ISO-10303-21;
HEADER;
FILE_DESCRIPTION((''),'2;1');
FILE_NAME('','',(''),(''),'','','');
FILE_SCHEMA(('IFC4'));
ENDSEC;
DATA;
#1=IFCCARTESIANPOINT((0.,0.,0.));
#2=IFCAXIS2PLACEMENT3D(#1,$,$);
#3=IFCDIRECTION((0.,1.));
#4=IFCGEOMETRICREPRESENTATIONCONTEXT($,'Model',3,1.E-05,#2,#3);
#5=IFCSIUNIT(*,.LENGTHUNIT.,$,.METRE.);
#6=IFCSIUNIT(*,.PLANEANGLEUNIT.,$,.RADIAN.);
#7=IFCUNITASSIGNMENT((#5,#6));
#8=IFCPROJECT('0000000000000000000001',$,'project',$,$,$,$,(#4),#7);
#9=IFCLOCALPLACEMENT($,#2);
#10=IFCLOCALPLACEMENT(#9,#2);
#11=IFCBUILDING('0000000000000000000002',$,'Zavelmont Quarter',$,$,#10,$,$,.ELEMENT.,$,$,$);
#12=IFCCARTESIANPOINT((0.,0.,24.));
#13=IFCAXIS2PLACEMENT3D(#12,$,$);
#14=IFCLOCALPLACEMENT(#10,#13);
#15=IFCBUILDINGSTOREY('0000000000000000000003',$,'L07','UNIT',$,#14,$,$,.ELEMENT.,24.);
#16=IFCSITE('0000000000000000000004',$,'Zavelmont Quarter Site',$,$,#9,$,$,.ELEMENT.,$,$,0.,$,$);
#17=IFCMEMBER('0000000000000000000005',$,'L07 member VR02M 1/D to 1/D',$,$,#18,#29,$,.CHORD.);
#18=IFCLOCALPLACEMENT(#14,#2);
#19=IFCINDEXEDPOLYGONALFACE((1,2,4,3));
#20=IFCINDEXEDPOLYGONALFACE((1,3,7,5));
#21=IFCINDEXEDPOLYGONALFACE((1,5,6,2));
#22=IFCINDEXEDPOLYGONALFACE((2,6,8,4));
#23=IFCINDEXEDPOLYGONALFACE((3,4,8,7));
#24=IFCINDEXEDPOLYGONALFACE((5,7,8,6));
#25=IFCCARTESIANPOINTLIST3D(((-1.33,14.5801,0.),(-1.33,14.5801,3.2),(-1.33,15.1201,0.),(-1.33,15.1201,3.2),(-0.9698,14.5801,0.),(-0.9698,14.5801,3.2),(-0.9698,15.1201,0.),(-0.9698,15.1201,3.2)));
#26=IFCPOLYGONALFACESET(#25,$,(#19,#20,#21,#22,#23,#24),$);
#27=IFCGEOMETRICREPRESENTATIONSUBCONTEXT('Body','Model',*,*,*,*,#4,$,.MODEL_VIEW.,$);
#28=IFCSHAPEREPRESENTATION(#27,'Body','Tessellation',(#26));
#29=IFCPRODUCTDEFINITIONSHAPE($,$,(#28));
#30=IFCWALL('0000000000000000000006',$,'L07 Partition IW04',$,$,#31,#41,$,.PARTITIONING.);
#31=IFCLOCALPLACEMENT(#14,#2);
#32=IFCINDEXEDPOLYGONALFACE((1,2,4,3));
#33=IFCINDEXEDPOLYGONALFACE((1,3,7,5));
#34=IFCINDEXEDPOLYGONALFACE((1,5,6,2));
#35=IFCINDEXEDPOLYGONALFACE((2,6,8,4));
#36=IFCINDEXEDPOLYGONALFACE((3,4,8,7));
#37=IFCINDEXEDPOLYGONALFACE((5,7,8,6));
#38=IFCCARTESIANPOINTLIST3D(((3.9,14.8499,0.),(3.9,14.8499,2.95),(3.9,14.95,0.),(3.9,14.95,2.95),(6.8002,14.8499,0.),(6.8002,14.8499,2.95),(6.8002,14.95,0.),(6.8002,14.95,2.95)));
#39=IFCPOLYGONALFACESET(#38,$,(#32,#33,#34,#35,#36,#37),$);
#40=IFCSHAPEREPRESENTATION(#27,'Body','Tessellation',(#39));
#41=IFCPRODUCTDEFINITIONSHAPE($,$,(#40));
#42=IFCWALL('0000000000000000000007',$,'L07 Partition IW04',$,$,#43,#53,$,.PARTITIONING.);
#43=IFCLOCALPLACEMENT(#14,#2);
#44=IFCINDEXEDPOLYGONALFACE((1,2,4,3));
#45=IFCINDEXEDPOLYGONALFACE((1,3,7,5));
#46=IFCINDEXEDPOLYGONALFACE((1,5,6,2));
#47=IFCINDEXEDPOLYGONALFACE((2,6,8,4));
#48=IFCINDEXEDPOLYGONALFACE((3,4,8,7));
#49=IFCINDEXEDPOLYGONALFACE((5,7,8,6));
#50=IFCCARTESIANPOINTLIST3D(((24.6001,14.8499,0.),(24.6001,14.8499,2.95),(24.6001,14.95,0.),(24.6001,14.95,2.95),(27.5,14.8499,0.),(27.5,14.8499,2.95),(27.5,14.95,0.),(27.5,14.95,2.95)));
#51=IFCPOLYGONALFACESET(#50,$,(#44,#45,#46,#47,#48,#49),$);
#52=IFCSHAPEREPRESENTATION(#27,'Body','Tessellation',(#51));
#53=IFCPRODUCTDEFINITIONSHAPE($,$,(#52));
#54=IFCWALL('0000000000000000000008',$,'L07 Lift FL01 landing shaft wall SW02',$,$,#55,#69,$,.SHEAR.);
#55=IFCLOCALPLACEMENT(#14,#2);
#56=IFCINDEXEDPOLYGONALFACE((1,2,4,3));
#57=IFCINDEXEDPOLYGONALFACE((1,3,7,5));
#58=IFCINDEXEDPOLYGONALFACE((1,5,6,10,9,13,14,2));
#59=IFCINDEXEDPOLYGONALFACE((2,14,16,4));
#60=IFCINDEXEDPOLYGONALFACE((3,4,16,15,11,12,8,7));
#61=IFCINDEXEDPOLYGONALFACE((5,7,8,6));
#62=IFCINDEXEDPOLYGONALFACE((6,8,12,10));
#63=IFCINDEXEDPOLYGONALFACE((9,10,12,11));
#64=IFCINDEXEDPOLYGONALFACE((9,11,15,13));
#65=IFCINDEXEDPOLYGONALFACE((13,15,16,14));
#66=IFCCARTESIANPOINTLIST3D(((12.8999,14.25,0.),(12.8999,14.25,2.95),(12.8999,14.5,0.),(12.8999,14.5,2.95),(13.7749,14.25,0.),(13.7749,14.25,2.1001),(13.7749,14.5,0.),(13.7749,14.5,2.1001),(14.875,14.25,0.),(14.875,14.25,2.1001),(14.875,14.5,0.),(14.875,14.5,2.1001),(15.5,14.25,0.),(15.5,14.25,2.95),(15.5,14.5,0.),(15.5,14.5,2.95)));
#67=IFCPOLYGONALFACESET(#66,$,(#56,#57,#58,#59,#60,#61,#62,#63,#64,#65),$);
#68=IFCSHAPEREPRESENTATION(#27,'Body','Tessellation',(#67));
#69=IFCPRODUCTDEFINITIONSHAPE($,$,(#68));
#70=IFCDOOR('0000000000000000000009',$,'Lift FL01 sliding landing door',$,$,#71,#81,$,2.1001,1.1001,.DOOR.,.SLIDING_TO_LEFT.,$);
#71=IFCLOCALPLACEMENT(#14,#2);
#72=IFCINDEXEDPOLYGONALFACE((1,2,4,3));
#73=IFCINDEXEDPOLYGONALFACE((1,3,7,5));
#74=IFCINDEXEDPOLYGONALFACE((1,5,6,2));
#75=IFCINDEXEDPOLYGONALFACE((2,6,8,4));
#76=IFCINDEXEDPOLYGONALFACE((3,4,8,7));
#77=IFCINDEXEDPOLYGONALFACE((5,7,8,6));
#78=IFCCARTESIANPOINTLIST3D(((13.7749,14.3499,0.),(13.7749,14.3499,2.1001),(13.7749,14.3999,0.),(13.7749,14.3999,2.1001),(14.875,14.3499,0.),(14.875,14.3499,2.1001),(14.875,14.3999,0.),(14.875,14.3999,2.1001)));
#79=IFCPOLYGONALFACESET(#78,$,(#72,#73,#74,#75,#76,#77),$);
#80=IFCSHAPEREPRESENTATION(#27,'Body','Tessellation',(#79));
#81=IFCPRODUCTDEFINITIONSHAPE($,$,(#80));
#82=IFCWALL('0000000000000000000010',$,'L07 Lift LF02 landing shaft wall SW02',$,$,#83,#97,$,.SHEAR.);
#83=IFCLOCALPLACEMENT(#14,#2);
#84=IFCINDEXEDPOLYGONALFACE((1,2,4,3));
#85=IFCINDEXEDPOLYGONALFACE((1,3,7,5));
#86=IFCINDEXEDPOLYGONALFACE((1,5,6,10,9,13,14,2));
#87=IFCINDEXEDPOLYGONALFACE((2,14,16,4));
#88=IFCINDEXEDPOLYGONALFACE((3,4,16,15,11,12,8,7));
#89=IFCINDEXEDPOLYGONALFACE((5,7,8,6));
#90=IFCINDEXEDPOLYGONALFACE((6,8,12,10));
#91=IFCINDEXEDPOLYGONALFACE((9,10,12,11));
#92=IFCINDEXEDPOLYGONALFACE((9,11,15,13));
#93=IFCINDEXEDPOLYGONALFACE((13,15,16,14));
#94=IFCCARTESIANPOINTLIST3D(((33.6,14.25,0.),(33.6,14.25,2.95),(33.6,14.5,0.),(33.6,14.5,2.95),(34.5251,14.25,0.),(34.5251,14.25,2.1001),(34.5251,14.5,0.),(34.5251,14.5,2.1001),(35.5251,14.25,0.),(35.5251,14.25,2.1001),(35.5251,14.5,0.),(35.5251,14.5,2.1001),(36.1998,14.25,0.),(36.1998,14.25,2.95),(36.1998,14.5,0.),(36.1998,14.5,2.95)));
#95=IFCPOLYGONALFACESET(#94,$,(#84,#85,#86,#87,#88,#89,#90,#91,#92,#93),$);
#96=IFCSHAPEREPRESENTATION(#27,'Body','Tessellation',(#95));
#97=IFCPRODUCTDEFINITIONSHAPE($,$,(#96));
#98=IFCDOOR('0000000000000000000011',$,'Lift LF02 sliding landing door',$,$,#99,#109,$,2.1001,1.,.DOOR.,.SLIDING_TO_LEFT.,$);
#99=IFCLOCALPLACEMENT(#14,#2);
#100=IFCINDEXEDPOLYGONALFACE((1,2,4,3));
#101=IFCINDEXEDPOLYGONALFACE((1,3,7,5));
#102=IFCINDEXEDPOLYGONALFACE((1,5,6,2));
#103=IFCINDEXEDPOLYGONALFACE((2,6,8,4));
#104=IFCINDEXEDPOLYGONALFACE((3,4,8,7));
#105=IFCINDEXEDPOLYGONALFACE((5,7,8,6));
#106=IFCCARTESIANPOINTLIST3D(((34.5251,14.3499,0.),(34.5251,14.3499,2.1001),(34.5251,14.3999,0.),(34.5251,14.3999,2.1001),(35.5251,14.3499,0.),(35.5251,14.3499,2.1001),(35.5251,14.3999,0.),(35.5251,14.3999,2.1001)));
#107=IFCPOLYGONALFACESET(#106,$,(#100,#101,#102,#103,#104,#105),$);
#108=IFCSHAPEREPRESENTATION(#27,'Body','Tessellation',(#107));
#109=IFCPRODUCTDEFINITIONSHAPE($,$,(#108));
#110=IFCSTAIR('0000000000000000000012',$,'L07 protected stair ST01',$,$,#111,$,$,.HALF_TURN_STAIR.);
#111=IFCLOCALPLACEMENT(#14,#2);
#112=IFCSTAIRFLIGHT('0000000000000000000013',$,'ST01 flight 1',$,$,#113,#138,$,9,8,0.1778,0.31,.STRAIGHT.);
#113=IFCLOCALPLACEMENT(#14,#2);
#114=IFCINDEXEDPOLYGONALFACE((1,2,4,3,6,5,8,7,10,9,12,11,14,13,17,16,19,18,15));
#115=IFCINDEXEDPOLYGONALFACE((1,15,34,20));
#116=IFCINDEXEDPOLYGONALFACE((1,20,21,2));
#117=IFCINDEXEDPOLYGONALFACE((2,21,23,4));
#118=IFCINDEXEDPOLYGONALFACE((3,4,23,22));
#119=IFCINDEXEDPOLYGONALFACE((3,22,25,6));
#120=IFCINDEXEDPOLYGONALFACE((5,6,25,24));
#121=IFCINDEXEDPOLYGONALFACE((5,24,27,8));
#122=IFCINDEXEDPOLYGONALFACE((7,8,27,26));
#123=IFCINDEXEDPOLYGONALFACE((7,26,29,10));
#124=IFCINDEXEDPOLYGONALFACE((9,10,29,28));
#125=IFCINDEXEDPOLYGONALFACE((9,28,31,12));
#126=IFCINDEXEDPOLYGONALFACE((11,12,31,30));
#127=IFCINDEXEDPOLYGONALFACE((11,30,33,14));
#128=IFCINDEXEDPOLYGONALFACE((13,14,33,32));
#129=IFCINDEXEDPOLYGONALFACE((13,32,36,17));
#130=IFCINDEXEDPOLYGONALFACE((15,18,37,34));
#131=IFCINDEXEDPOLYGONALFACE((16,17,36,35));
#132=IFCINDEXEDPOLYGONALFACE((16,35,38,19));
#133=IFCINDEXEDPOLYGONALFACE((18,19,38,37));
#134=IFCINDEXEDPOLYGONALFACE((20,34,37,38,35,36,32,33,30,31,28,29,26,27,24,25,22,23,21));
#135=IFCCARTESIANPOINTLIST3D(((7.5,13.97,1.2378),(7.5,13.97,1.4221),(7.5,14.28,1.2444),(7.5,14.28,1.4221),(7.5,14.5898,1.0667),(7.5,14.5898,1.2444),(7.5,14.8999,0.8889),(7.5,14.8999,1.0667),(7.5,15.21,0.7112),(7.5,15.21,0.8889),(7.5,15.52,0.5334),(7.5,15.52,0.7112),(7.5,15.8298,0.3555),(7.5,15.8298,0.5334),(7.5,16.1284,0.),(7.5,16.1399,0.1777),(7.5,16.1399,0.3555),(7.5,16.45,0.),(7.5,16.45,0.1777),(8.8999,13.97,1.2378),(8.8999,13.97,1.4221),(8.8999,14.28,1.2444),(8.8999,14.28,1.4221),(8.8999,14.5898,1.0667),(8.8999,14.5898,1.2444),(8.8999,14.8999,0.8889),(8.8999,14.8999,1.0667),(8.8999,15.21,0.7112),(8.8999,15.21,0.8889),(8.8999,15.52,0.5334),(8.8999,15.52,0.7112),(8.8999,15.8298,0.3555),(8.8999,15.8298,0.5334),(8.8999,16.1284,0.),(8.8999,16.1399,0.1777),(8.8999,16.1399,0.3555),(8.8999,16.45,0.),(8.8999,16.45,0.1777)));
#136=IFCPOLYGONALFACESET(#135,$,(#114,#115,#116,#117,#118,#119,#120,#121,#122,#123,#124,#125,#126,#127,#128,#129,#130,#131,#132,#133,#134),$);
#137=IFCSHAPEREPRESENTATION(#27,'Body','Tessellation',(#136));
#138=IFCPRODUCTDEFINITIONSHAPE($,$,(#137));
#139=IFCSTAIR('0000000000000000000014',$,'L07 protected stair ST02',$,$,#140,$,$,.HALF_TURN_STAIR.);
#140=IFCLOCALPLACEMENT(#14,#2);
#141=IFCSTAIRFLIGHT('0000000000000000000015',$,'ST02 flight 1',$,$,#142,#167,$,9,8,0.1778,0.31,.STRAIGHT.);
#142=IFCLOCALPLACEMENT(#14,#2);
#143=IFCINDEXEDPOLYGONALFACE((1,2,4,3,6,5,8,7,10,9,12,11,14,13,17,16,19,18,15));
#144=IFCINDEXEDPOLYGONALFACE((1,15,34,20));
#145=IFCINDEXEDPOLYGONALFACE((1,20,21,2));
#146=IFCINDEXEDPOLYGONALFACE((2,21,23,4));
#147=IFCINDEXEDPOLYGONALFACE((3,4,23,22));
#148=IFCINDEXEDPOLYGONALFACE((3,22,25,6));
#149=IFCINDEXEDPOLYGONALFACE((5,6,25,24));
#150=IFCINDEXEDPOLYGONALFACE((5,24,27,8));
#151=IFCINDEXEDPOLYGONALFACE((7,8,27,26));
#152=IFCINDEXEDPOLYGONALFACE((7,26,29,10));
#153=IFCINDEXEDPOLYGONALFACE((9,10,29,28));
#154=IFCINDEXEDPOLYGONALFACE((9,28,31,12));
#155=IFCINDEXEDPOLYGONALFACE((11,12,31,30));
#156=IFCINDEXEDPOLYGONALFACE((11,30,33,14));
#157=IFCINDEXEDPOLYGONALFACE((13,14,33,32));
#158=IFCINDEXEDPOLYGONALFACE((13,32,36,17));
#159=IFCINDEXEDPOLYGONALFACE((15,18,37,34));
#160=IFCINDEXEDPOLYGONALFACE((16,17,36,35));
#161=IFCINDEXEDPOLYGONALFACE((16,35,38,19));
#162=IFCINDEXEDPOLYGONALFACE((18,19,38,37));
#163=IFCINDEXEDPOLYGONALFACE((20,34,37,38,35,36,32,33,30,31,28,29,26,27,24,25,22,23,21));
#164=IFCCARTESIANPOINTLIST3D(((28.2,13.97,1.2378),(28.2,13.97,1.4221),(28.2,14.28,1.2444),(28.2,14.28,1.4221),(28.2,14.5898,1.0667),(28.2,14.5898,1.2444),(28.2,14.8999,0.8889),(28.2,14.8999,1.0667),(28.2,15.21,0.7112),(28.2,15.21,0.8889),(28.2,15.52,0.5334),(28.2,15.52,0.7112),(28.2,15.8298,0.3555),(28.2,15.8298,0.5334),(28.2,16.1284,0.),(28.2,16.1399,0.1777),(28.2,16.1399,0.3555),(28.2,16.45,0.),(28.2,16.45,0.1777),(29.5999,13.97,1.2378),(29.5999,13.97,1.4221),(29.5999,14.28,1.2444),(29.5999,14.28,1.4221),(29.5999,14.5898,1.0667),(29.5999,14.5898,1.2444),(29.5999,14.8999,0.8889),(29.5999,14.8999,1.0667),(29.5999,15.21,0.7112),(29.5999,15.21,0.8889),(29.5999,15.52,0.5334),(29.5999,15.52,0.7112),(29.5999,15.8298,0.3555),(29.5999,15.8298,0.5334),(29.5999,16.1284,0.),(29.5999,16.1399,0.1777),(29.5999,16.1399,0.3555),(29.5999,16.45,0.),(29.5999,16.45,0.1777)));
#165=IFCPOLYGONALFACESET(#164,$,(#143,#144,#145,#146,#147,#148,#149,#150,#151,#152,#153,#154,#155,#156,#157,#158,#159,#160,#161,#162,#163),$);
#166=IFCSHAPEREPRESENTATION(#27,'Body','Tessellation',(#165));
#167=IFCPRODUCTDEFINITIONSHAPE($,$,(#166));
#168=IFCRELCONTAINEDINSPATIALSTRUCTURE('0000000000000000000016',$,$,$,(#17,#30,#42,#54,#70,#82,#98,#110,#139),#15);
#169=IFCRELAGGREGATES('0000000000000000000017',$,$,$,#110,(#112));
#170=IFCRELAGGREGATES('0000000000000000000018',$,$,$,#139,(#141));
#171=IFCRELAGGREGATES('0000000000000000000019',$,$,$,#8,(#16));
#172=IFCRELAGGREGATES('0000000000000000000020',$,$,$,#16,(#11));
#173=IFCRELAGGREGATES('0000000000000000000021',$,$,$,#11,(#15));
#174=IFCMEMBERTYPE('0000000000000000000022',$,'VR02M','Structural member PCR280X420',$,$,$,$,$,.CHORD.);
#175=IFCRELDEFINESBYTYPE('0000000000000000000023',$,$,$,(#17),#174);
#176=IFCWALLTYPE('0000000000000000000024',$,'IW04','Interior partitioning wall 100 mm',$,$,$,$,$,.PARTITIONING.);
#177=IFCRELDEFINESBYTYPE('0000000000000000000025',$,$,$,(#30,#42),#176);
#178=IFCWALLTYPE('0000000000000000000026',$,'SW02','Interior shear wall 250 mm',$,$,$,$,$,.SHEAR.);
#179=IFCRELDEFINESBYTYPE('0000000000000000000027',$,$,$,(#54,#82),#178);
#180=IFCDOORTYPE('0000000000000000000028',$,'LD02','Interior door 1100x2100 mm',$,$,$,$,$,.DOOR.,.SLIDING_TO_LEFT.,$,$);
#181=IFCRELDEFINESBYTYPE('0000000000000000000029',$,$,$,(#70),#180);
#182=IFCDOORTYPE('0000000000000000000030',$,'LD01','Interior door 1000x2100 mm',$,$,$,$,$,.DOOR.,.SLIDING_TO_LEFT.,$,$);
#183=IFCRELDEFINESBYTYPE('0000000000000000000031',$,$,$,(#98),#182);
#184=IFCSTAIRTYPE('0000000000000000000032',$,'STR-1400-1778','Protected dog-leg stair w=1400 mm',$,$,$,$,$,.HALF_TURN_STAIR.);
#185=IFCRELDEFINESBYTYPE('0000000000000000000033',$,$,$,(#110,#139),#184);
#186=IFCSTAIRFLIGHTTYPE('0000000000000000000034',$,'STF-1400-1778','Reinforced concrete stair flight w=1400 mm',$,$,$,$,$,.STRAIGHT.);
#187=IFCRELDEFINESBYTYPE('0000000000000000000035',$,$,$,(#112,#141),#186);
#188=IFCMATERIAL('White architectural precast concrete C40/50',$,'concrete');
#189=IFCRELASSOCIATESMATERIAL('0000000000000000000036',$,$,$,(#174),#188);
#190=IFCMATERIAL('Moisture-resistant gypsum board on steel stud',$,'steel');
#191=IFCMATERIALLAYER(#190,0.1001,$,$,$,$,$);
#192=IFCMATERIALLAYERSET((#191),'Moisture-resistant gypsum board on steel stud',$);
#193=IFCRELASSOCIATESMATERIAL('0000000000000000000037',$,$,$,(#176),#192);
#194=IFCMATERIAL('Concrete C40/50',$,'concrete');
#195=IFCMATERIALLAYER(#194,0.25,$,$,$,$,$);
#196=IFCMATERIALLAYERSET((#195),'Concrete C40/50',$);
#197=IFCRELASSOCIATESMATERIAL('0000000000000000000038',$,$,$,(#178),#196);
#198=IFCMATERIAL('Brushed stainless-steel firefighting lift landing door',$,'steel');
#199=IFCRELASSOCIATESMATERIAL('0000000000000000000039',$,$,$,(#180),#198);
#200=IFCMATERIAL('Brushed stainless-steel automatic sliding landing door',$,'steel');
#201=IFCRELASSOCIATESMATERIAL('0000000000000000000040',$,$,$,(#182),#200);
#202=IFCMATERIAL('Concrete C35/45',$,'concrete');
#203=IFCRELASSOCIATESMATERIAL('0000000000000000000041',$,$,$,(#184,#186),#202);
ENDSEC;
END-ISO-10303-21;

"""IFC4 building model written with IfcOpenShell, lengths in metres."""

from ifc_helpers import new_model, si_unit, direction, frame, frame_2d, origin, origin_with_axes, origin_2d, place, context, subcontext, project, spatial, polyline, rectangle, outline, extrude, material, layer, layer_set, material_profile, profile_set, type_object, element, fill, aggregate, save


model = new_model("IFC4")

# Units and contexts
model_context = context("Model", 3, precision=1e-05, world=origin(), true_north=direction((0.0, 1.0)))
body_context = subcontext(model_context, "Body", "Model", "MODEL_VIEW")
ifc_project = project(units=[si_unit("LENGTHUNIT", "METRE"), si_unit("PLANEANGLEUNIT", "RADIAN")], contexts=[model_context])

# Site, building, storey
site_placement = place(None, origin())
site = spatial("IfcSite", under=ifc_project, at=site_placement, Name="Zavelmont Quarter Site", CompositionType="ELEMENT", RefElevation=0.0)
building_placement = place(site_placement, origin())
building = spatial("IfcBuilding", under=site, at=building_placement, Name="Zavelmont Quarter", CompositionType="ELEMENT")
storey_placement = place(building_placement, frame((0.0, 0.0, 24.0)))
storey = spatial("IfcBuildingStorey", under=building, at=storey_placement, Name="L07", Description="UNIT", CompositionType="ELEMENT", Elevation=24.0)

# Shared definitions
ifc_material_1 = material(Name="Concrete C40/50", Category="concrete")

# Shared definitions
ifc_material_2 = material(Name="Concrete C35/45", Category="concrete")

# Member
ifc_material_3 = material(Name="White architectural precast concrete C40/50", Category="concrete")
ifc_material_profile_1 = material_profile(ifc_material_3, rectangle(XDim=0.3601, YDim=0.54, at=origin_2d()), Name="PCR280X420")
ifc_profile_set_1 = profile_set([ifc_material_profile_1], Name="White architectural precast concrete C40/50")
member_type = type_object("IfcMemberType", Name="VR02M", Description="Structural member PCR280X420", PredefinedType="CHORD", material=ifc_profile_set_1)
member_placement = place(storey_placement, frame((-1.1499, 14.8501, 0.0), z_axis=(0.0, 0.0, 1.0), x_axis=(1.0, 0.0, 0.0)))
element("IfcMember", 1, at=member_placement, inside=storey, type_object=member_type, Name="L07 member VR02M 1/D to 1/D", PredefinedType="CHORD", context=body_context, shape_type="SweptSolid", body=[
    extrude(rectangle(XDim=0.3601, YDim=0.54, at=origin_2d()), origin(), (0.0, 0.0, 1.0), 3.2),
])

# Walls
ifc_material_4 = material(Name="Moisture-resistant gypsum board on steel stud", Category="steel")
ifc_layer_1 = layer(ifc_material_4, 0.1001)
ifc_layer_set_1 = layer_set([ifc_layer_1], Name="Moisture-resistant gypsum board on steel stud")
wall_type_1 = type_object("IfcWallType", Name="IW04", Description="Interior partitioning wall 100 mm", PredefinedType="PARTITIONING", material=ifc_layer_set_1)
wall_1_placement = place(storey_placement, frame((3.8999, 14.8999, 0.0), z_axis=(0.0, 0.0, 1.0), x_axis=(1.0, 0.0, 0.0)))
element("IfcWall", 2, at=wall_1_placement, inside=storey, type_object=wall_type_1, Name="L07 Partition IW04", PredefinedType="PARTITIONING", context=body_context, shape_type="SweptSolid", body=[
    extrude(rectangle(XDim=2.9001, YDim=0.1001, at=frame_2d((1.4502, 0.0))), origin(), (0.0, 0.0, 1.0), 2.95),
])
wall_2_placement = place(storey_placement, frame((24.6001, 14.8999, 0.0), z_axis=(0.0, 0.0, 1.0), x_axis=(1.0, 0.0, 0.0)))
element("IfcWall", 3, at=wall_2_placement, inside=storey, type_object=wall_type_1, Name="L07 Partition IW04", PredefinedType="PARTITIONING", context=body_context, shape_type="SweptSolid", body=[
    extrude(rectangle(XDim=2.8999, YDim=0.1001, at=frame_2d((1.45, 0.0))), origin(), (0.0, 0.0, 1.0), 2.95),
])

# Walls, openings, doors
ifc_layer_2 = layer(ifc_material_1, 0.25)
ifc_layer_set_2 = layer_set([ifc_layer_2], Name="Concrete C40/50")
wall_type_2 = type_object("IfcWallType", Name="SW02", Description="Interior shear wall 250 mm", PredefinedType="SHEAR", material=ifc_layer_set_2)
wall_3_placement = place(storey_placement, frame((12.8999, 14.375, 0.0), z_axis=(0.0, 0.0, 1.0), x_axis=(1.0, 0.0, 0.0)))
wall_3 = element("IfcWall", 4, at=wall_3_placement, inside=storey, type_object=wall_type_2, Name="L07 Lift FL01 landing shaft wall SW02", PredefinedType="SHEAR", context=body_context, shape_type="SweptSolid", body=[
    extrude(rectangle(XDim=2.6001, YDim=0.25, at=frame_2d((1.3, 0.0))), origin(), (0.0, 0.0, 1.0), 2.95),
])
opening_1_placement = place(wall_3_placement, frame((0.875, 0.0, 0.0)))
opening_1 = element("IfcOpeningElement", 5, at=opening_1_placement, cuts=wall_3, PredefinedType="OPENING", context=body_context, shape_type="SweptSolid", body=[
    extrude(rectangle(XDim=1.1001, YDim=2.1001, at=frame_2d((0.55, 1.05))), frame((0.0, 0.137, 0.0), z_axis=(0.0, -1.0, 0.0), x_axis=(1.0, 0.0, 0.0)), (0.0, 0.0, 1.0), 0.2739),
])
ifc_material_5 = material(Name="Brushed stainless-steel firefighting lift landing door", Category="steel")
door_type_1 = type_object("IfcDoorType", Name="LD02", Description="Interior door 1100x2100 mm", OperationType="SLIDING_TO_LEFT", PredefinedType="DOOR", material=ifc_material_5)
door_1_placement = place(opening_1_placement, origin_with_axes())
door_1 = element("IfcDoor", 6, at=door_1_placement, inside=storey, type_object=door_type_1, Name="Lift FL01 sliding landing door", OperationType="SLIDING_TO_LEFT", OverallHeight=2.1001, OverallWidth=1.1001, PredefinedType="DOOR", context=body_context, shape_type="SweptSolid", body=[
    extrude(rectangle(XDim=1.1001, YDim=2.1001, at=frame_2d((0.55, 1.05))), frame((0.0, 0.0249, 0.0), z_axis=(0.0, -1.0, 0.0), x_axis=(1.0, 0.0, 0.0)), (0.0, 0.0, 1.0), 0.05),
])
fill(opening_1, door_1)
wall_4_placement = place(storey_placement, frame((33.6001, 14.375, 0.0), z_axis=(0.0, 0.0, 1.0), x_axis=(1.0, 0.0, 0.0)))
wall_4 = element("IfcWall", 7, at=wall_4_placement, inside=storey, type_object=wall_type_2, Name="L07 Lift LF02 landing shaft wall SW02", PredefinedType="SHEAR", context=body_context, shape_type="SweptSolid", body=[
    extrude(rectangle(XDim=2.5999, YDim=0.25, at=frame_2d((1.2998, 0.0))), origin(), (0.0, 0.0, 1.0), 2.95),
])
opening_2_placement = place(wall_4_placement, frame((0.925, 0.0, 0.0)))
opening_2 = element("IfcOpeningElement", 8, at=opening_2_placement, cuts=wall_4, PredefinedType="OPENING", context=body_context, shape_type="SweptSolid", body=[
    extrude(rectangle(XDim=1.0, YDim=2.1001, at=frame_2d((0.5, 1.05))), frame((0.0, 0.137, 0.0), z_axis=(0.0, -1.0, 0.0), x_axis=(1.0, 0.0, 0.0)), (0.0, 0.0, 1.0), 0.2739),
])
ifc_material_6 = material(Name="Brushed stainless-steel automatic sliding landing door", Category="steel")
door_type_2 = type_object("IfcDoorType", Name="LD01", Description="Interior door 1000x2100 mm", OperationType="SLIDING_TO_LEFT", PredefinedType="DOOR", material=ifc_material_6)
door_2_placement = place(opening_2_placement, origin_with_axes())
door_2 = element("IfcDoor", 9, at=door_2_placement, inside=storey, type_object=door_type_2, Name="Lift LF02 sliding landing door", OperationType="SLIDING_TO_LEFT", OverallHeight=2.1001, OverallWidth=1.0, PredefinedType="DOOR", context=body_context, shape_type="SweptSolid", body=[
    extrude(rectangle(XDim=1.0, YDim=2.1001, at=frame_2d((0.5, 1.05))), frame((0.0, 0.0249, 0.0), z_axis=(0.0, -1.0, 0.0), x_axis=(1.0, 0.0, 0.0)), (0.0, 0.0, 1.0), 0.05),
])
fill(opening_2, door_2)

# Stairs, stair flights
stair_type = type_object("IfcStairType", Name="STR-1400-1778", Description="Protected dog-leg stair w=1400 mm", PredefinedType="HALF_TURN_STAIR", material=ifc_material_2)
stair_1_placement = place(storey_placement, origin())
stair_1 = element("IfcStair", 10, at=stair_1_placement, inside=storey, type_object=stair_type, Name="L07 protected stair ST01", PredefinedType="HALF_TURN_STAIR")
stair_flight_type = type_object("IfcStairFlightType", Name="STF-1400-1778", Description="Reinforced concrete stair flight w=1400 mm", PredefinedType="STRAIGHT", material=ifc_material_2)
stair_flight_1_placement = place(storey_placement, frame((8.2, 16.45, 0.0), z_axis=(0.0, 0.0, 1.0), x_axis=(0.0, -1.0, 0.0)))
stair_flight_1 = element("IfcStairFlight", 11, at=stair_flight_1_placement, type_object=stair_flight_type, Name="ST01 flight 1", NumberOfRisers=9, NumberOfTreads=8, PredefinedType="STRAIGHT", RiserHeight=0.1778, TreadLength=0.31, context=body_context, shape_type="SweptSolid", body=[
    extrude(outline(polyline([(0.0, 0.0), (0.0, 0.1777), (0.3101, 0.1777), (0.3101, 0.3555), (0.6201, 0.3555), (0.6201, 0.5334), (0.9299, 0.5334), (0.9299, 0.7112), (1.24, 0.7112), (1.24, 0.8889), (1.55, 0.8889), (1.55, 1.0667), (1.8601, 1.0667), (1.8601, 1.2444), (2.1699, 1.2444), (2.1699, 1.4221), (2.48, 1.4221), (2.48, 1.6001), (2.48, 1.2378), (0.3215, 0.0), (0.0, 0.0)])), frame((0.0, 0.7, 0.0), z_axis=(0.0, -1.0, 0.0), x_axis=(1.0, 0.0, 0.0)), (0.0, 0.0, 1.0), 1.3999),
])
aggregate(stair_1, [stair_flight_1])
stair_2_placement = place(storey_placement, origin())
stair_2 = element("IfcStair", 12, at=stair_2_placement, inside=storey, type_object=stair_type, Name="L07 protected stair ST02", PredefinedType="HALF_TURN_STAIR")
stair_flight_2_placement = place(storey_placement, frame((28.8999, 16.45, 0.0), z_axis=(0.0, 0.0, 1.0), x_axis=(0.0, -1.0, 0.0)))
stair_flight_2 = element("IfcStairFlight", 13, at=stair_flight_2_placement, type_object=stair_flight_type, Name="ST02 flight 1", NumberOfRisers=9, NumberOfTreads=8, PredefinedType="STRAIGHT", RiserHeight=0.1778, TreadLength=0.31, context=body_context, shape_type="SweptSolid", body=[
    extrude(outline(polyline([(0.0, 0.0), (0.0, 0.1777), (0.3101, 0.1777), (0.3101, 0.3555), (0.6201, 0.3555), (0.6201, 0.5334), (0.9299, 0.5334), (0.9299, 0.7112), (1.24, 0.7112), (1.24, 0.8889), (1.55, 0.8889), (1.55, 1.0667), (1.8601, 1.0667), (1.8601, 1.2444), (2.1699, 1.2444), (2.1699, 1.4221), (2.48, 1.4221), (2.48, 1.6001), (2.48, 1.2378), (0.3215, 0.0), (0.0, 0.0)])), frame((0.0, 0.7, 0.0), z_axis=(0.0, -1.0, 0.0), x_axis=(1.0, 0.0, 0.0)), (0.0, 0.0, 1.0), 1.3999),
])
aggregate(stair_2, [stair_flight_2])

save(model, "model.ifc")
